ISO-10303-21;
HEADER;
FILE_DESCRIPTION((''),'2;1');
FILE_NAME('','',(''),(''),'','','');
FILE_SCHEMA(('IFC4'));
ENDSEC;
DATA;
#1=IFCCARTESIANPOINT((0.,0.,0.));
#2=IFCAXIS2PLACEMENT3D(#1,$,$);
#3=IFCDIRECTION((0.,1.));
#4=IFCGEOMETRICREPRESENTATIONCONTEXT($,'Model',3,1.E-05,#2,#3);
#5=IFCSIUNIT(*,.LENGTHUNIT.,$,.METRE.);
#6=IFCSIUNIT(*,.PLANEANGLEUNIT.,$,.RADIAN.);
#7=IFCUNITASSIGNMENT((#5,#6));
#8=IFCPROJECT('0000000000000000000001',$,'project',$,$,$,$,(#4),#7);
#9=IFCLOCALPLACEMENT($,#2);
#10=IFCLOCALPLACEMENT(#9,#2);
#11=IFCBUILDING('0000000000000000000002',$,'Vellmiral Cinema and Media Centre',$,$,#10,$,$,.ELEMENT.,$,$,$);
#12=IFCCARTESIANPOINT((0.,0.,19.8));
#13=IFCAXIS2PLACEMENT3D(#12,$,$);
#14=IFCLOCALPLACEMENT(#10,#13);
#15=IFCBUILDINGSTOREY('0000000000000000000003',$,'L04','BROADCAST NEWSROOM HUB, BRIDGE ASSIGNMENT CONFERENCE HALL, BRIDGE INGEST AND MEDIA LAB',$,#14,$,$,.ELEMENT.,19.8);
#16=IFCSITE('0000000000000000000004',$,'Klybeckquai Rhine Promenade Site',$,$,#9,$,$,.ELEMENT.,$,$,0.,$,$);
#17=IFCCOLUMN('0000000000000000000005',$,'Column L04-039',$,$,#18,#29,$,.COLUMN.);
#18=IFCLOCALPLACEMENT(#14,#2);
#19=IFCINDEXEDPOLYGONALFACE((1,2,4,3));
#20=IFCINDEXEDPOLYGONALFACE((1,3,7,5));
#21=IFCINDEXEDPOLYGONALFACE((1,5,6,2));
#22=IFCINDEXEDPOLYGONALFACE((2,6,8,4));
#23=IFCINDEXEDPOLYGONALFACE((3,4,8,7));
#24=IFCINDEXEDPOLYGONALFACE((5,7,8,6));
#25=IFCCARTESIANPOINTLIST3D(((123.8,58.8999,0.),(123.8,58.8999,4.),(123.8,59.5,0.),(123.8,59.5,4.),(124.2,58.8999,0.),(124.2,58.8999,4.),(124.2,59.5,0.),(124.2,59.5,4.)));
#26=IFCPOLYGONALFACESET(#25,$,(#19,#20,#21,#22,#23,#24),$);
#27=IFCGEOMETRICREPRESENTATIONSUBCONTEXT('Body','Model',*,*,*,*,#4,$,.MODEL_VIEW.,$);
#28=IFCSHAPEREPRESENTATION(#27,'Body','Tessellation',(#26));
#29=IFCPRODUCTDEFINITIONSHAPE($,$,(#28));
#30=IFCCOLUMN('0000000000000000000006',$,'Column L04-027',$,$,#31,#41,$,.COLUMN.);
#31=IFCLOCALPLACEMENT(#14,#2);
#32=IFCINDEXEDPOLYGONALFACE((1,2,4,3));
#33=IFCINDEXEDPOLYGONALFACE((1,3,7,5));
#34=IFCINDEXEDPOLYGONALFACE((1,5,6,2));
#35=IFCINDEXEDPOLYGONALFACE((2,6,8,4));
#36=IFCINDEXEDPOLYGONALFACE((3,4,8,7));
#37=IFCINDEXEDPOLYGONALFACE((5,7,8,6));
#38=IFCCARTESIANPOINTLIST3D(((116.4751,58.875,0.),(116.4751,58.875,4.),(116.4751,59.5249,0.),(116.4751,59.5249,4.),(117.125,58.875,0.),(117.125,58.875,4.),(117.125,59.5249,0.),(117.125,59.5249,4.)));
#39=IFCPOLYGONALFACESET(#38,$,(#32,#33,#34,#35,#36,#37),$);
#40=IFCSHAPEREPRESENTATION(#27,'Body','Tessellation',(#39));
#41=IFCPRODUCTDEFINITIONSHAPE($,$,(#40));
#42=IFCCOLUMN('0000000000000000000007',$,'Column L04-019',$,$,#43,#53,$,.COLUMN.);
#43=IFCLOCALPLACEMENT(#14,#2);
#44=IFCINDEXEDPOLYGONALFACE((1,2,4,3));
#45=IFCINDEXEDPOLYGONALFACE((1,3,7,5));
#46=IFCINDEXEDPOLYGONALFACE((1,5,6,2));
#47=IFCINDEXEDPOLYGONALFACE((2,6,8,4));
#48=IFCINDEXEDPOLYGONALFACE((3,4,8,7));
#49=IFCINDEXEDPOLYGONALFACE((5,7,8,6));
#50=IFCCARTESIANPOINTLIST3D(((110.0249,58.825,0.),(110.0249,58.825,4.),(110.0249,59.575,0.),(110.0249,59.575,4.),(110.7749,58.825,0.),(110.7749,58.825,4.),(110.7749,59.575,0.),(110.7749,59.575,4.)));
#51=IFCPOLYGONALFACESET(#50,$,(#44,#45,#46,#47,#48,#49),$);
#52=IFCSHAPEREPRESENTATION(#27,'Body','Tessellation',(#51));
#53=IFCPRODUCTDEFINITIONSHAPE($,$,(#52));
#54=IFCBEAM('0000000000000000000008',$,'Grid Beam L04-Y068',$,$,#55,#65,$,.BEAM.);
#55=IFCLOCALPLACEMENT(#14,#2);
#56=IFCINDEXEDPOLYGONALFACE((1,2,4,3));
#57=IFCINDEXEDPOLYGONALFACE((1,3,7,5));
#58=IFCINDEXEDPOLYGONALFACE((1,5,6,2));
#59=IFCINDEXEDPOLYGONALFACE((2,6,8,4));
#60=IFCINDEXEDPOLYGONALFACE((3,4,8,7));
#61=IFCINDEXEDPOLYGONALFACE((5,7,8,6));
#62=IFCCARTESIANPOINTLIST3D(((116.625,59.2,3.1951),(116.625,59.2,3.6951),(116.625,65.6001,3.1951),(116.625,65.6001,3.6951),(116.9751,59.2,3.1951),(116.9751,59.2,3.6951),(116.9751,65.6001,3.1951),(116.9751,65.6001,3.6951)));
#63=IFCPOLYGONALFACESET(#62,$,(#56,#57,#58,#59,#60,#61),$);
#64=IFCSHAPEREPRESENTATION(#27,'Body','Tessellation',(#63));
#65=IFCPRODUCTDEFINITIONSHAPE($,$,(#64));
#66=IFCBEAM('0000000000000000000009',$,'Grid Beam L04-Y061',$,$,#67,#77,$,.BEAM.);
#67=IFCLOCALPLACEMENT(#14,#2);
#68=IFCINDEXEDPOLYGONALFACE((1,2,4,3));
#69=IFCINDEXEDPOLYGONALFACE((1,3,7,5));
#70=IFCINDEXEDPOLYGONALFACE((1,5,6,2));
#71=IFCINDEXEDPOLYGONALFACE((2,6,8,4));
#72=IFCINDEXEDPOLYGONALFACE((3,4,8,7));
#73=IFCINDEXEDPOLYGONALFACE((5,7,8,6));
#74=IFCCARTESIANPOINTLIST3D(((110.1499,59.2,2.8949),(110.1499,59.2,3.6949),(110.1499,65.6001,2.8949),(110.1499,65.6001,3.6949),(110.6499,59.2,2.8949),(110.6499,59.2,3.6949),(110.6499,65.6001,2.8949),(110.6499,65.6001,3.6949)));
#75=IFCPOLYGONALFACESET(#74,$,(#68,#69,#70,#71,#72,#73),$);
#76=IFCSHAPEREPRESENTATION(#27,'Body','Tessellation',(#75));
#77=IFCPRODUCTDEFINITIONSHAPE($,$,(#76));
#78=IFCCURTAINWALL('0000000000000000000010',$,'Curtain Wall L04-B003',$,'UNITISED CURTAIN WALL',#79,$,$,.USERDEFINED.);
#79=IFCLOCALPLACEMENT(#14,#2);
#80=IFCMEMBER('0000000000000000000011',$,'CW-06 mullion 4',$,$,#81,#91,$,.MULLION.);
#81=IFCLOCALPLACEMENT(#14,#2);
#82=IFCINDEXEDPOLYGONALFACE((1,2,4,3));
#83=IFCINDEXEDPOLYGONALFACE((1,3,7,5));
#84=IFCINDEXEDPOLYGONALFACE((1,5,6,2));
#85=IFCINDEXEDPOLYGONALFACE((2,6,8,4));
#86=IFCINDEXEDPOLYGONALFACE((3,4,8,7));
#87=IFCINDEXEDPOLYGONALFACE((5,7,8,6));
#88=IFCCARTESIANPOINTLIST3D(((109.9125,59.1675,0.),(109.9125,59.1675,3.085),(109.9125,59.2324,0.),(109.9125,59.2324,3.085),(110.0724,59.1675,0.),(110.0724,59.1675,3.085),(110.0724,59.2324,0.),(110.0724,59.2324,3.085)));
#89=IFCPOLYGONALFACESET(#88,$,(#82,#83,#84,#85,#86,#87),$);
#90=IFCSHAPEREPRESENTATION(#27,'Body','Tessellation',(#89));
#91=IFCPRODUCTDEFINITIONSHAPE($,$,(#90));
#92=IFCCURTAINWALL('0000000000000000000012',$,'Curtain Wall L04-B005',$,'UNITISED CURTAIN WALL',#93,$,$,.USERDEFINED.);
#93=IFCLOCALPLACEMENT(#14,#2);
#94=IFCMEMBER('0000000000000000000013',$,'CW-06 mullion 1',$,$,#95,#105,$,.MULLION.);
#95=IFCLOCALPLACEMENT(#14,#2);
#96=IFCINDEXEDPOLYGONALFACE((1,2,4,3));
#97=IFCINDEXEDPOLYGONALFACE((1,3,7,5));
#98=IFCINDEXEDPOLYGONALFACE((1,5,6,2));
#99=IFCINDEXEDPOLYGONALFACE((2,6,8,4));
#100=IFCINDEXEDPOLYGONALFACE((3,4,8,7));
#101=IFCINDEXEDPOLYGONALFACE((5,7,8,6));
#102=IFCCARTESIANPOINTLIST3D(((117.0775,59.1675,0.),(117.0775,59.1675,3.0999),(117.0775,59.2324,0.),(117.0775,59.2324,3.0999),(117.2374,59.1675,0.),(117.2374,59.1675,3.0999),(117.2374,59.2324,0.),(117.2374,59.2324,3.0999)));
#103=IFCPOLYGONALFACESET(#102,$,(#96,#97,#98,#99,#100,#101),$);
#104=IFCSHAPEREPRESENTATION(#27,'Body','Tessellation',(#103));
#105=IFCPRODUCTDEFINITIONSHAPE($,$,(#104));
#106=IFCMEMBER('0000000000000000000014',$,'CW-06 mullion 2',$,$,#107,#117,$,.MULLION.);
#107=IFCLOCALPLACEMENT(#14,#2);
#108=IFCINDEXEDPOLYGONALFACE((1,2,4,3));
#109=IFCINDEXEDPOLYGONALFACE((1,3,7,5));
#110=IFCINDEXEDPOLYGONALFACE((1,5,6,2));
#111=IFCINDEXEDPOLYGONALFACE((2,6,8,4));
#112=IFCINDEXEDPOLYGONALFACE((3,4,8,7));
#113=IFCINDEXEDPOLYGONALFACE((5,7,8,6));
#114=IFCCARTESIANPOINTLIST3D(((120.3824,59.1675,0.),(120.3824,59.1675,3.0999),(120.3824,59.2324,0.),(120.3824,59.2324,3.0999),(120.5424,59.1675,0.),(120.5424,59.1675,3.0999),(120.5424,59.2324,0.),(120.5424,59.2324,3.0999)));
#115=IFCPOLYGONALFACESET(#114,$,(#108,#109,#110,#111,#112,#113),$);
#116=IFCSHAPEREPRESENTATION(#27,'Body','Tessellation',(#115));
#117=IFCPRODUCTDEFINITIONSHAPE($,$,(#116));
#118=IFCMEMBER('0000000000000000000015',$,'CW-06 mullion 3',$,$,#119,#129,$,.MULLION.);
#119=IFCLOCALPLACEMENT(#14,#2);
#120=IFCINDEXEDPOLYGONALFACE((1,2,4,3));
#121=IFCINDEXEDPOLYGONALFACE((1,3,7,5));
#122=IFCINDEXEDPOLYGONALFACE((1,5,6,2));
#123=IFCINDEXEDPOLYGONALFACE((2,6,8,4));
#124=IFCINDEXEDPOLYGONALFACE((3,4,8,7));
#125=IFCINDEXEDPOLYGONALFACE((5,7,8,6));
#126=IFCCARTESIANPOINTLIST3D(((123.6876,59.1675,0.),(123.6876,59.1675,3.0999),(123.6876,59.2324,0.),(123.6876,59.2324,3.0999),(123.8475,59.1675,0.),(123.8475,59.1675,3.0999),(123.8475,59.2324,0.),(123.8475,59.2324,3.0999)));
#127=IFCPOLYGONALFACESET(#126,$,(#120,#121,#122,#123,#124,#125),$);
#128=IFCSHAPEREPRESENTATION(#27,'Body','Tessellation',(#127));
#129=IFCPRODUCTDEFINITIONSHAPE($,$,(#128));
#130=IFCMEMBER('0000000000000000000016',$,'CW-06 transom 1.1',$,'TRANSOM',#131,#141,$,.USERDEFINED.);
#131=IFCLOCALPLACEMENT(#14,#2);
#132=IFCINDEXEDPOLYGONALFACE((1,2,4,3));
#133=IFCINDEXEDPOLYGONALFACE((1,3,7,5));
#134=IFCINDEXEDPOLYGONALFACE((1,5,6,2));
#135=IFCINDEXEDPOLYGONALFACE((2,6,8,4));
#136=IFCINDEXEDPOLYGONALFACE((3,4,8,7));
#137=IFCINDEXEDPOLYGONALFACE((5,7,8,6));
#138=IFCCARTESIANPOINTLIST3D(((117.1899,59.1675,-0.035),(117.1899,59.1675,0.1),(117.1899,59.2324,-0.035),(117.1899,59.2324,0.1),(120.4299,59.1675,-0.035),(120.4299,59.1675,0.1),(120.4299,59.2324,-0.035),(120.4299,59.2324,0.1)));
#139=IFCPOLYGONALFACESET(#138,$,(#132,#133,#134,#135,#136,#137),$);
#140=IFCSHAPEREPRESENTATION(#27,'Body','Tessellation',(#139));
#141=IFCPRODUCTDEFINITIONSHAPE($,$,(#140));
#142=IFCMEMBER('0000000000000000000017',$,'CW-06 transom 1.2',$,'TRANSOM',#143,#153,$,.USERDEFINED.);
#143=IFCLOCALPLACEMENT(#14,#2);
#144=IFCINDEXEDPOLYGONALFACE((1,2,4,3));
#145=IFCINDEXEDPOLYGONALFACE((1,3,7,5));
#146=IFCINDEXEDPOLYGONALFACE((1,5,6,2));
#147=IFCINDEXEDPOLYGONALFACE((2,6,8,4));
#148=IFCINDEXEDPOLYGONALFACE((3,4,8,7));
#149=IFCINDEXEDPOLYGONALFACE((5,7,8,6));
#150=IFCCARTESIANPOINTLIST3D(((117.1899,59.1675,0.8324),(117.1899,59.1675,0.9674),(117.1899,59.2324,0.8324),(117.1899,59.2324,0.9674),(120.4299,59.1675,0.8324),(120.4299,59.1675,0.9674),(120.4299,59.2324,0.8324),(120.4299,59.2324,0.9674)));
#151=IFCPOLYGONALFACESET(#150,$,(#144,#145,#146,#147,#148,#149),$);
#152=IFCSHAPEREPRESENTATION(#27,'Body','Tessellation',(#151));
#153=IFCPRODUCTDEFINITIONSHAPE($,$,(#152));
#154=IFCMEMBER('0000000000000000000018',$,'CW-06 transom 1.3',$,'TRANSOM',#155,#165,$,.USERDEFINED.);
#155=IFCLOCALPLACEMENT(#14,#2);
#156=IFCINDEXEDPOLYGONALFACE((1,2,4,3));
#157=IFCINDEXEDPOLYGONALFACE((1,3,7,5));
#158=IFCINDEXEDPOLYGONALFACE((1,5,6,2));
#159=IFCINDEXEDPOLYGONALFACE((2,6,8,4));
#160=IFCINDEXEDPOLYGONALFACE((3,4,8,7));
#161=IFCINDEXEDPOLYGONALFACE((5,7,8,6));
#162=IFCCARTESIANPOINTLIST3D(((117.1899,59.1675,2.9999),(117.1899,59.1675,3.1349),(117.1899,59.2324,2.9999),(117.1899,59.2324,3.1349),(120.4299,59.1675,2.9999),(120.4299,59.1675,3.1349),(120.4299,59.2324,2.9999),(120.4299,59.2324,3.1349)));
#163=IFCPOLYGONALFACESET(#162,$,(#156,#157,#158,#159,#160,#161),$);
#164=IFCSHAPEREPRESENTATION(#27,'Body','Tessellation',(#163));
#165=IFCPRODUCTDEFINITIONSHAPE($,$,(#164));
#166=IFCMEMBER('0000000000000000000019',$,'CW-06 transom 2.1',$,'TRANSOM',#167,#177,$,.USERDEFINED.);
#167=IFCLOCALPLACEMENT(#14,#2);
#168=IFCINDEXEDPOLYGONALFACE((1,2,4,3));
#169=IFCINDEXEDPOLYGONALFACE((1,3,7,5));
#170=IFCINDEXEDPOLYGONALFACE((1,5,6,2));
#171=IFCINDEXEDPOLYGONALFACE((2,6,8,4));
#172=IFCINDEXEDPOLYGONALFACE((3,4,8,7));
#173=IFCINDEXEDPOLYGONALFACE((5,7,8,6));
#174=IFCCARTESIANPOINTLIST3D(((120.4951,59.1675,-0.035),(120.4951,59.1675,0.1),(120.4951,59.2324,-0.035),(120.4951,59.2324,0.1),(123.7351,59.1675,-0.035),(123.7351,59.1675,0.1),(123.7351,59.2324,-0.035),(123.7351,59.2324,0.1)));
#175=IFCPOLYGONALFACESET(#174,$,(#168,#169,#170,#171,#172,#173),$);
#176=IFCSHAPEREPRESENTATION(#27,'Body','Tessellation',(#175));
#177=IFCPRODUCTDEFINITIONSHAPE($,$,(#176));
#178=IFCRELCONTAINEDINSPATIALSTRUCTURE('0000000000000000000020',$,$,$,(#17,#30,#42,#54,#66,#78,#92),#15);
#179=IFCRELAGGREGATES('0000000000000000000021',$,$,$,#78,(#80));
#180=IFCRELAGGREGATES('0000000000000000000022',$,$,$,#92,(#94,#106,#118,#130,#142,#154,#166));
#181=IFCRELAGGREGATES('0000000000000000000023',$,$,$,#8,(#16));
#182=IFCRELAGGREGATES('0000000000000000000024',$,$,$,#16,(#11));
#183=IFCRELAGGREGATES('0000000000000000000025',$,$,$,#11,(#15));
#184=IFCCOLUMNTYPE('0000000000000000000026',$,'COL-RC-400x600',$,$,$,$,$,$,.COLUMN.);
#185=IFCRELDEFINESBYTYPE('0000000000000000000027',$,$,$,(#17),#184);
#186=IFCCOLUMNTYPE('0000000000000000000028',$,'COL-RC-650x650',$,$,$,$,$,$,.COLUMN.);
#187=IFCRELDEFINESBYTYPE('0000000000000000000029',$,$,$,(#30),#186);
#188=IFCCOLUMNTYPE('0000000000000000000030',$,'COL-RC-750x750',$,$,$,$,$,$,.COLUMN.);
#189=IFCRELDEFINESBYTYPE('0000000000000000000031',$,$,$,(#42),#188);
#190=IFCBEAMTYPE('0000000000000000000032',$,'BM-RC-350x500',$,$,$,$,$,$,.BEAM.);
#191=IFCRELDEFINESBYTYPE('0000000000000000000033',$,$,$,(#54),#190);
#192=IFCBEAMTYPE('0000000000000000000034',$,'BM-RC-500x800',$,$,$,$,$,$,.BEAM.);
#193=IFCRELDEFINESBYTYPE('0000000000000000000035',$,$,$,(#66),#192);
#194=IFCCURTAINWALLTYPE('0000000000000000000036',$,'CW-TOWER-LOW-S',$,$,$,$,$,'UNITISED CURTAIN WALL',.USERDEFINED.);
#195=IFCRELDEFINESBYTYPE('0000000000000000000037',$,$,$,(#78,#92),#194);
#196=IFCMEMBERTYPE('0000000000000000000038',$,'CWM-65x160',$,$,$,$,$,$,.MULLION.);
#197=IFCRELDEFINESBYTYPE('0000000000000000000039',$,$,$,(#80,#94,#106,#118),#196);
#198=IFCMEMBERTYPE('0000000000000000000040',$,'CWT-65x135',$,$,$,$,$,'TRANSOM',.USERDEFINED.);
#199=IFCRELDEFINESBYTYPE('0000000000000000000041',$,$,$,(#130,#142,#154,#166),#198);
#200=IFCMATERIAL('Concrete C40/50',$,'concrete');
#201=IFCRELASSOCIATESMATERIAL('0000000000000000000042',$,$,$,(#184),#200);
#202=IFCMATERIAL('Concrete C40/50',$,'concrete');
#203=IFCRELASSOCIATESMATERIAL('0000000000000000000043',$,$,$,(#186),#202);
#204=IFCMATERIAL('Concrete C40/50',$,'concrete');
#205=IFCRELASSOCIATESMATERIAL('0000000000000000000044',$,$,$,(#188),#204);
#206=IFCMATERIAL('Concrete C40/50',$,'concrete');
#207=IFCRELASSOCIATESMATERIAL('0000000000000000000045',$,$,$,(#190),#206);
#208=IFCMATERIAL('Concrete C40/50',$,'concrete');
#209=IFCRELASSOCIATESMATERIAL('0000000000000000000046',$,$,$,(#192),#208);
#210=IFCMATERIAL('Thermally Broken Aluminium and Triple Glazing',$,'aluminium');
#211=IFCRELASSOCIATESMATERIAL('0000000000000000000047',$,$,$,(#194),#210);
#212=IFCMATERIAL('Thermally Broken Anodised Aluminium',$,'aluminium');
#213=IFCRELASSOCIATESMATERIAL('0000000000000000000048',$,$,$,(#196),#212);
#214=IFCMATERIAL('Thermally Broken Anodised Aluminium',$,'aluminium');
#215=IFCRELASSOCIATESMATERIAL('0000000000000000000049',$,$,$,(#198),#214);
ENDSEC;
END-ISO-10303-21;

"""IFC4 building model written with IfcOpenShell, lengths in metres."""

from ifc_helpers import new_model, si_unit, direction, frame, origin, origin_2d, place, context, subcontext, project, spatial, rectangle, extrude, material, material_profile, profile_set, type_object, element, aggregate, save


model = new_model("IFC4")

# Units and contexts
model_context = context("Model", 3, precision=1e-05, world=origin(), true_north=direction((0.0, 1.0)))
body_context = subcontext(model_context, "Body", "Model", "MODEL_VIEW")
ifc_project = project(units=[si_unit("LENGTHUNIT", "METRE"), si_unit("PLANEANGLEUNIT", "RADIAN")], contexts=[model_context])

# Site, building, storey
site_placement = place(None, origin())
site = spatial("IfcSite", under=ifc_project, at=site_placement, Name="Klybeckquai Rhine Promenade Site", CompositionType="ELEMENT", RefElevation=0.0)
building_placement = place(site_placement, origin())
building = spatial("IfcBuilding", under=site, at=building_placement, Name="Vellmiral Cinema and Media Centre", CompositionType="ELEMENT")
storey_placement = place(building_placement, frame((0.0, 0.0, 19.8)))
storey = spatial("IfcBuildingStorey", under=building, at=storey_placement, Name="L04", Description="BROADCAST NEWSROOM HUB, BRIDGE ASSIGNMENT CONFERENCE HALL, BRIDGE INGEST AND MEDIA LAB", CompositionType="ELEMENT", Elevation=19.8)

# Columns
ifc_material_1 = material(Name="Concrete C40/50", Category="concrete")
ifc_material_profile_1 = material_profile(ifc_material_1, rectangle(XDim=0.3999, YDim=0.6001, at=origin_2d()), Name="RC 400x600")
ifc_profile_set_1 = profile_set([ifc_material_profile_1], Name="Concrete C40/50")
column_type_1 = type_object("IfcColumnType", Name="COL-RC-400x600", PredefinedType="COLUMN", material=ifc_profile_set_1)
column_1_placement = place(storey_placement, frame((124.0, 59.2, 0.0), z_axis=(0.0, 0.0, 1.0), x_axis=(1.0, 0.0, 0.0)))
element("IfcColumn", 1, at=column_1_placement, inside=storey, type_object=column_type_1, Name="Column L04-039", PredefinedType="COLUMN", context=body_context, shape_type="SweptSolid", body=[
    extrude(rectangle(XDim=0.3999, YDim=0.6001, at=origin_2d()), origin(), (0.0, 0.0, 1.0), 4.0),
])
ifc_material_2 = material(Name="Concrete C40/50", Category="concrete")
ifc_material_profile_2 = material_profile(ifc_material_2, rectangle(XDim=0.6499, YDim=0.6499, at=origin_2d()), Name="RC 650x650")
ifc_profile_set_2 = profile_set([ifc_material_profile_2], Name="Concrete C40/50")
column_type_2 = type_object("IfcColumnType", Name="COL-RC-650x650", PredefinedType="COLUMN", material=ifc_profile_set_2)
column_2_placement = place(storey_placement, frame((116.8, 59.2, 0.0), z_axis=(0.0, 0.0, 1.0), x_axis=(1.0, 0.0, 0.0)))
element("IfcColumn", 2, at=column_2_placement, inside=storey, type_object=column_type_2, Name="Column L04-027", PredefinedType="COLUMN", context=body_context, shape_type="SweptSolid", body=[
    extrude(rectangle(XDim=0.6499, YDim=0.6499, at=origin_2d()), origin(), (0.0, 0.0, 1.0), 4.0),
])
ifc_material_3 = material(Name="Concrete C40/50", Category="concrete")
ifc_material_profile_3 = material_profile(ifc_material_3, rectangle(XDim=0.75, YDim=0.75, at=origin_2d()), Name="RC 750x750")
ifc_profile_set_3 = profile_set([ifc_material_profile_3], Name="Concrete C40/50")
column_type_3 = type_object("IfcColumnType", Name="COL-RC-750x750", PredefinedType="COLUMN", material=ifc_profile_set_3)
column_3_placement = place(storey_placement, frame((110.3999, 59.2, 0.0), z_axis=(0.0, 0.0, 1.0), x_axis=(1.0, 0.0, 0.0)))
element("IfcColumn", 3, at=column_3_placement, inside=storey, type_object=column_type_3, Name="Column L04-019", PredefinedType="COLUMN", context=body_context, shape_type="SweptSolid", body=[
    extrude(rectangle(XDim=0.75, YDim=0.75, at=origin_2d()), origin(), (0.0, 0.0, 1.0), 4.0),
])

# Beams
ifc_material_4 = material(Name="Concrete C40/50", Category="concrete")
ifc_material_profile_4 = material_profile(ifc_material_4, rectangle(XDim=0.3501, YDim=0.5, at=origin_2d()), Name="RC 350x500")
ifc_profile_set_4 = profile_set([ifc_material_profile_4], Name="Concrete C40/50")
beam_type_1 = type_object("IfcBeamType", Name="BM-RC-350x500", PredefinedType="BEAM", material=ifc_profile_set_4)
beam_1_placement = place(storey_placement, frame((116.8, 59.2, 3.4451), z_axis=(0.0, 1.0, 0.0), x_axis=(-1.0, 0.0, 0.0)))
element("IfcBeam", 4, at=beam_1_placement, inside=storey, type_object=beam_type_1, Name="Grid Beam L04-Y068", PredefinedType="BEAM", context=body_context, shape_type="SweptSolid", body=[
    extrude(rectangle(XDim=0.3501, YDim=0.5, at=origin_2d()), origin(), (0.0, 0.0, 1.0), 6.4001),
])
ifc_material_5 = material(Name="Concrete C40/50", Category="concrete")
ifc_material_profile_5 = material_profile(ifc_material_5, rectangle(XDim=0.5, YDim=0.8, at=origin_2d()), Name="RC 500x800")
ifc_profile_set_5 = profile_set([ifc_material_profile_5], Name="Concrete C40/50")
beam_type_2 = type_object("IfcBeamType", Name="BM-RC-500x800", PredefinedType="BEAM", material=ifc_profile_set_5)
beam_2_placement = place(storey_placement, frame((110.3999, 59.2, 3.2949), z_axis=(0.0, 1.0, 0.0), x_axis=(-1.0, 0.0, 0.0)))
element("IfcBeam", 5, at=beam_2_placement, inside=storey, type_object=beam_type_2, Name="Grid Beam L04-Y061", PredefinedType="BEAM", context=body_context, shape_type="SweptSolid", body=[
    extrude(rectangle(XDim=0.5, YDim=0.8, at=origin_2d()), origin(), (0.0, 0.0, 1.0), 6.4001),
])

# Curtain wall, member
ifc_material_6 = material(Name="Thermally Broken Aluminium and Triple Glazing", Category="aluminium")
curtain_wall_type = type_object("IfcCurtainWallType", Name="CW-TOWER-LOW-S", ElementType="UNITISED CURTAIN WALL", PredefinedType="USERDEFINED", material=ifc_material_6)
curtain_wall_1_placement = place(storey_placement, origin())
curtain_wall_1 = element("IfcCurtainWall", 6, at=curtain_wall_1_placement, inside=storey, type_object=curtain_wall_type, Name="Curtain Wall L04-B003", ObjectType="UNITISED CURTAIN WALL", PredefinedType="USERDEFINED")
ifc_material_7 = material(Name="Thermally Broken Anodised Aluminium", Category="aluminium")
ifc_material_profile_6 = material_profile(ifc_material_7, rectangle(XDim=0.0649, YDim=0.1599, at=origin_2d()), Name="MULL 65x160")
ifc_profile_set_6 = profile_set([ifc_material_profile_6], Name="Thermally Broken Anodised Aluminium")
member_type_1 = type_object("IfcMemberType", Name="CWM-65x160", PredefinedType="MULLION", material=ifc_profile_set_6)
member_1_placement = place(storey_placement, frame((109.9924, 59.2, 0.0), z_axis=(0.0, 0.0, 1.0), x_axis=(0.0, 1.0, 0.0)))
member_1 = element("IfcMember", 7, at=member_1_placement, type_object=member_type_1, Name="CW-06 mullion 4", PredefinedType="MULLION", context=body_context, shape_type="SweptSolid", body=[
    extrude(rectangle(XDim=0.0649, YDim=0.1599, at=origin_2d()), origin(), (0.0, 0.0, 1.0), 3.085),
])
aggregate(curtain_wall_1, [member_1])

# Curtain wall, members
curtain_wall_2_placement = place(storey_placement, origin())
curtain_wall_2 = element("IfcCurtainWall", 8, at=curtain_wall_2_placement, inside=storey, type_object=curtain_wall_type, Name="Curtain Wall L04-B005", ObjectType="UNITISED CURTAIN WALL", PredefinedType="USERDEFINED")
member_2_placement = place(storey_placement, frame((117.1575, 59.2, 0.0), z_axis=(0.0, 0.0, 1.0), x_axis=(0.0, 1.0, 0.0)))
member_2 = element("IfcMember", 9, at=member_2_placement, type_object=member_type_1, Name="CW-06 mullion 1", PredefinedType="MULLION", context=body_context, shape_type="SweptSolid", body=[
    extrude(rectangle(XDim=0.0649, YDim=0.1599, at=origin_2d()), origin(), (0.0, 0.0, 1.0), 3.0999),
])
member_3_placement = place(storey_placement, frame((120.4624, 59.2, 0.0), z_axis=(0.0, 0.0, 1.0), x_axis=(0.0, 1.0, 0.0)))
member_3 = element("IfcMember", 10, at=member_3_placement, type_object=member_type_1, Name="CW-06 mullion 2", PredefinedType="MULLION", context=body_context, shape_type="SweptSolid", body=[
    extrude(rectangle(XDim=0.0649, YDim=0.1599, at=origin_2d()), origin(), (0.0, 0.0, 1.0), 3.0999),
])
member_4_placement = place(storey_placement, frame((123.7676, 59.2, 0.0), z_axis=(0.0, 0.0, 1.0), x_axis=(0.0, 1.0, 0.0)))
member_4 = element("IfcMember", 11, at=member_4_placement, type_object=member_type_1, Name="CW-06 mullion 3", PredefinedType="MULLION", context=body_context, shape_type="SweptSolid", body=[
    extrude(rectangle(XDim=0.0649, YDim=0.1599, at=origin_2d()), origin(), (0.0, 0.0, 1.0), 3.0999),
])
ifc_material_8 = material(Name="Thermally Broken Anodised Aluminium", Category="aluminium")
ifc_material_profile_7 = material_profile(ifc_material_8, rectangle(XDim=0.0649, YDim=0.135, at=origin_2d()), Name="MULL 65x135")
ifc_profile_set_7 = profile_set([ifc_material_profile_7], Name="Thermally Broken Anodised Aluminium")
member_type_2 = type_object("IfcMemberType", Name="CWT-65x135", ElementType="TRANSOM", PredefinedType="USERDEFINED", material=ifc_profile_set_7)
member_5_placement = place(storey_placement, frame((117.1899, 59.2, 0.0325), z_axis=(1.0, 0.0, 0.0), x_axis=(0.0, 1.0, 0.0)))
member_5 = element("IfcMember", 12, at=member_5_placement, type_object=member_type_2, Name="CW-06 transom 1.1", ObjectType="TRANSOM", PredefinedType="USERDEFINED", context=body_context, shape_type="SweptSolid", body=[
    extrude(rectangle(XDim=0.0649, YDim=0.135, at=origin_2d()), origin(), (0.0, 0.0, 1.0), 3.24),
])
member_6_placement = place(storey_placement, frame((117.1899, 59.2, 0.8999), z_axis=(1.0, 0.0, 0.0), x_axis=(0.0, 1.0, 0.0)))
member_6 = element("IfcMember", 13, at=member_6_placement, type_object=member_type_2, Name="CW-06 transom 1.2", ObjectType="TRANSOM", PredefinedType="USERDEFINED", context=body_context, shape_type="SweptSolid", body=[
    extrude(rectangle(XDim=0.0649, YDim=0.135, at=origin_2d()), origin(), (0.0, 0.0, 1.0), 3.24),
])
member_7_placement = place(storey_placement, frame((117.1899, 59.2, 3.0674), z_axis=(1.0, 0.0, 0.0), x_axis=(0.0, 1.0, 0.0)))
member_7 = element("IfcMember", 14, at=member_7_placement, type_object=member_type_2, Name="CW-06 transom 1.3", ObjectType="TRANSOM", PredefinedType="USERDEFINED", context=body_context, shape_type="SweptSolid", body=[
    extrude(rectangle(XDim=0.0649, YDim=0.135, at=origin_2d()), origin(), (0.0, 0.0, 1.0), 3.24),
])
member_8_placement = place(storey_placement, frame((120.4951, 59.2, 0.0325), z_axis=(1.0, 0.0, 0.0), x_axis=(0.0, 1.0, 0.0)))
member_8 = element("IfcMember", 15, at=member_8_placement, type_object=member_type_2, Name="CW-06 transom 2.1", ObjectType="TRANSOM", PredefinedType="USERDEFINED", context=body_context, shape_type="SweptSolid", body=[
    extrude(rectangle(XDim=0.0649, YDim=0.135, at=origin_2d()), origin(), (0.0, 0.0, 1.0), 3.24),
])

aggregate(curtain_wall_2, [member_2, member_3, member_4, member_5, member_6, member_7, member_8])

save(model, "model.ifc")
